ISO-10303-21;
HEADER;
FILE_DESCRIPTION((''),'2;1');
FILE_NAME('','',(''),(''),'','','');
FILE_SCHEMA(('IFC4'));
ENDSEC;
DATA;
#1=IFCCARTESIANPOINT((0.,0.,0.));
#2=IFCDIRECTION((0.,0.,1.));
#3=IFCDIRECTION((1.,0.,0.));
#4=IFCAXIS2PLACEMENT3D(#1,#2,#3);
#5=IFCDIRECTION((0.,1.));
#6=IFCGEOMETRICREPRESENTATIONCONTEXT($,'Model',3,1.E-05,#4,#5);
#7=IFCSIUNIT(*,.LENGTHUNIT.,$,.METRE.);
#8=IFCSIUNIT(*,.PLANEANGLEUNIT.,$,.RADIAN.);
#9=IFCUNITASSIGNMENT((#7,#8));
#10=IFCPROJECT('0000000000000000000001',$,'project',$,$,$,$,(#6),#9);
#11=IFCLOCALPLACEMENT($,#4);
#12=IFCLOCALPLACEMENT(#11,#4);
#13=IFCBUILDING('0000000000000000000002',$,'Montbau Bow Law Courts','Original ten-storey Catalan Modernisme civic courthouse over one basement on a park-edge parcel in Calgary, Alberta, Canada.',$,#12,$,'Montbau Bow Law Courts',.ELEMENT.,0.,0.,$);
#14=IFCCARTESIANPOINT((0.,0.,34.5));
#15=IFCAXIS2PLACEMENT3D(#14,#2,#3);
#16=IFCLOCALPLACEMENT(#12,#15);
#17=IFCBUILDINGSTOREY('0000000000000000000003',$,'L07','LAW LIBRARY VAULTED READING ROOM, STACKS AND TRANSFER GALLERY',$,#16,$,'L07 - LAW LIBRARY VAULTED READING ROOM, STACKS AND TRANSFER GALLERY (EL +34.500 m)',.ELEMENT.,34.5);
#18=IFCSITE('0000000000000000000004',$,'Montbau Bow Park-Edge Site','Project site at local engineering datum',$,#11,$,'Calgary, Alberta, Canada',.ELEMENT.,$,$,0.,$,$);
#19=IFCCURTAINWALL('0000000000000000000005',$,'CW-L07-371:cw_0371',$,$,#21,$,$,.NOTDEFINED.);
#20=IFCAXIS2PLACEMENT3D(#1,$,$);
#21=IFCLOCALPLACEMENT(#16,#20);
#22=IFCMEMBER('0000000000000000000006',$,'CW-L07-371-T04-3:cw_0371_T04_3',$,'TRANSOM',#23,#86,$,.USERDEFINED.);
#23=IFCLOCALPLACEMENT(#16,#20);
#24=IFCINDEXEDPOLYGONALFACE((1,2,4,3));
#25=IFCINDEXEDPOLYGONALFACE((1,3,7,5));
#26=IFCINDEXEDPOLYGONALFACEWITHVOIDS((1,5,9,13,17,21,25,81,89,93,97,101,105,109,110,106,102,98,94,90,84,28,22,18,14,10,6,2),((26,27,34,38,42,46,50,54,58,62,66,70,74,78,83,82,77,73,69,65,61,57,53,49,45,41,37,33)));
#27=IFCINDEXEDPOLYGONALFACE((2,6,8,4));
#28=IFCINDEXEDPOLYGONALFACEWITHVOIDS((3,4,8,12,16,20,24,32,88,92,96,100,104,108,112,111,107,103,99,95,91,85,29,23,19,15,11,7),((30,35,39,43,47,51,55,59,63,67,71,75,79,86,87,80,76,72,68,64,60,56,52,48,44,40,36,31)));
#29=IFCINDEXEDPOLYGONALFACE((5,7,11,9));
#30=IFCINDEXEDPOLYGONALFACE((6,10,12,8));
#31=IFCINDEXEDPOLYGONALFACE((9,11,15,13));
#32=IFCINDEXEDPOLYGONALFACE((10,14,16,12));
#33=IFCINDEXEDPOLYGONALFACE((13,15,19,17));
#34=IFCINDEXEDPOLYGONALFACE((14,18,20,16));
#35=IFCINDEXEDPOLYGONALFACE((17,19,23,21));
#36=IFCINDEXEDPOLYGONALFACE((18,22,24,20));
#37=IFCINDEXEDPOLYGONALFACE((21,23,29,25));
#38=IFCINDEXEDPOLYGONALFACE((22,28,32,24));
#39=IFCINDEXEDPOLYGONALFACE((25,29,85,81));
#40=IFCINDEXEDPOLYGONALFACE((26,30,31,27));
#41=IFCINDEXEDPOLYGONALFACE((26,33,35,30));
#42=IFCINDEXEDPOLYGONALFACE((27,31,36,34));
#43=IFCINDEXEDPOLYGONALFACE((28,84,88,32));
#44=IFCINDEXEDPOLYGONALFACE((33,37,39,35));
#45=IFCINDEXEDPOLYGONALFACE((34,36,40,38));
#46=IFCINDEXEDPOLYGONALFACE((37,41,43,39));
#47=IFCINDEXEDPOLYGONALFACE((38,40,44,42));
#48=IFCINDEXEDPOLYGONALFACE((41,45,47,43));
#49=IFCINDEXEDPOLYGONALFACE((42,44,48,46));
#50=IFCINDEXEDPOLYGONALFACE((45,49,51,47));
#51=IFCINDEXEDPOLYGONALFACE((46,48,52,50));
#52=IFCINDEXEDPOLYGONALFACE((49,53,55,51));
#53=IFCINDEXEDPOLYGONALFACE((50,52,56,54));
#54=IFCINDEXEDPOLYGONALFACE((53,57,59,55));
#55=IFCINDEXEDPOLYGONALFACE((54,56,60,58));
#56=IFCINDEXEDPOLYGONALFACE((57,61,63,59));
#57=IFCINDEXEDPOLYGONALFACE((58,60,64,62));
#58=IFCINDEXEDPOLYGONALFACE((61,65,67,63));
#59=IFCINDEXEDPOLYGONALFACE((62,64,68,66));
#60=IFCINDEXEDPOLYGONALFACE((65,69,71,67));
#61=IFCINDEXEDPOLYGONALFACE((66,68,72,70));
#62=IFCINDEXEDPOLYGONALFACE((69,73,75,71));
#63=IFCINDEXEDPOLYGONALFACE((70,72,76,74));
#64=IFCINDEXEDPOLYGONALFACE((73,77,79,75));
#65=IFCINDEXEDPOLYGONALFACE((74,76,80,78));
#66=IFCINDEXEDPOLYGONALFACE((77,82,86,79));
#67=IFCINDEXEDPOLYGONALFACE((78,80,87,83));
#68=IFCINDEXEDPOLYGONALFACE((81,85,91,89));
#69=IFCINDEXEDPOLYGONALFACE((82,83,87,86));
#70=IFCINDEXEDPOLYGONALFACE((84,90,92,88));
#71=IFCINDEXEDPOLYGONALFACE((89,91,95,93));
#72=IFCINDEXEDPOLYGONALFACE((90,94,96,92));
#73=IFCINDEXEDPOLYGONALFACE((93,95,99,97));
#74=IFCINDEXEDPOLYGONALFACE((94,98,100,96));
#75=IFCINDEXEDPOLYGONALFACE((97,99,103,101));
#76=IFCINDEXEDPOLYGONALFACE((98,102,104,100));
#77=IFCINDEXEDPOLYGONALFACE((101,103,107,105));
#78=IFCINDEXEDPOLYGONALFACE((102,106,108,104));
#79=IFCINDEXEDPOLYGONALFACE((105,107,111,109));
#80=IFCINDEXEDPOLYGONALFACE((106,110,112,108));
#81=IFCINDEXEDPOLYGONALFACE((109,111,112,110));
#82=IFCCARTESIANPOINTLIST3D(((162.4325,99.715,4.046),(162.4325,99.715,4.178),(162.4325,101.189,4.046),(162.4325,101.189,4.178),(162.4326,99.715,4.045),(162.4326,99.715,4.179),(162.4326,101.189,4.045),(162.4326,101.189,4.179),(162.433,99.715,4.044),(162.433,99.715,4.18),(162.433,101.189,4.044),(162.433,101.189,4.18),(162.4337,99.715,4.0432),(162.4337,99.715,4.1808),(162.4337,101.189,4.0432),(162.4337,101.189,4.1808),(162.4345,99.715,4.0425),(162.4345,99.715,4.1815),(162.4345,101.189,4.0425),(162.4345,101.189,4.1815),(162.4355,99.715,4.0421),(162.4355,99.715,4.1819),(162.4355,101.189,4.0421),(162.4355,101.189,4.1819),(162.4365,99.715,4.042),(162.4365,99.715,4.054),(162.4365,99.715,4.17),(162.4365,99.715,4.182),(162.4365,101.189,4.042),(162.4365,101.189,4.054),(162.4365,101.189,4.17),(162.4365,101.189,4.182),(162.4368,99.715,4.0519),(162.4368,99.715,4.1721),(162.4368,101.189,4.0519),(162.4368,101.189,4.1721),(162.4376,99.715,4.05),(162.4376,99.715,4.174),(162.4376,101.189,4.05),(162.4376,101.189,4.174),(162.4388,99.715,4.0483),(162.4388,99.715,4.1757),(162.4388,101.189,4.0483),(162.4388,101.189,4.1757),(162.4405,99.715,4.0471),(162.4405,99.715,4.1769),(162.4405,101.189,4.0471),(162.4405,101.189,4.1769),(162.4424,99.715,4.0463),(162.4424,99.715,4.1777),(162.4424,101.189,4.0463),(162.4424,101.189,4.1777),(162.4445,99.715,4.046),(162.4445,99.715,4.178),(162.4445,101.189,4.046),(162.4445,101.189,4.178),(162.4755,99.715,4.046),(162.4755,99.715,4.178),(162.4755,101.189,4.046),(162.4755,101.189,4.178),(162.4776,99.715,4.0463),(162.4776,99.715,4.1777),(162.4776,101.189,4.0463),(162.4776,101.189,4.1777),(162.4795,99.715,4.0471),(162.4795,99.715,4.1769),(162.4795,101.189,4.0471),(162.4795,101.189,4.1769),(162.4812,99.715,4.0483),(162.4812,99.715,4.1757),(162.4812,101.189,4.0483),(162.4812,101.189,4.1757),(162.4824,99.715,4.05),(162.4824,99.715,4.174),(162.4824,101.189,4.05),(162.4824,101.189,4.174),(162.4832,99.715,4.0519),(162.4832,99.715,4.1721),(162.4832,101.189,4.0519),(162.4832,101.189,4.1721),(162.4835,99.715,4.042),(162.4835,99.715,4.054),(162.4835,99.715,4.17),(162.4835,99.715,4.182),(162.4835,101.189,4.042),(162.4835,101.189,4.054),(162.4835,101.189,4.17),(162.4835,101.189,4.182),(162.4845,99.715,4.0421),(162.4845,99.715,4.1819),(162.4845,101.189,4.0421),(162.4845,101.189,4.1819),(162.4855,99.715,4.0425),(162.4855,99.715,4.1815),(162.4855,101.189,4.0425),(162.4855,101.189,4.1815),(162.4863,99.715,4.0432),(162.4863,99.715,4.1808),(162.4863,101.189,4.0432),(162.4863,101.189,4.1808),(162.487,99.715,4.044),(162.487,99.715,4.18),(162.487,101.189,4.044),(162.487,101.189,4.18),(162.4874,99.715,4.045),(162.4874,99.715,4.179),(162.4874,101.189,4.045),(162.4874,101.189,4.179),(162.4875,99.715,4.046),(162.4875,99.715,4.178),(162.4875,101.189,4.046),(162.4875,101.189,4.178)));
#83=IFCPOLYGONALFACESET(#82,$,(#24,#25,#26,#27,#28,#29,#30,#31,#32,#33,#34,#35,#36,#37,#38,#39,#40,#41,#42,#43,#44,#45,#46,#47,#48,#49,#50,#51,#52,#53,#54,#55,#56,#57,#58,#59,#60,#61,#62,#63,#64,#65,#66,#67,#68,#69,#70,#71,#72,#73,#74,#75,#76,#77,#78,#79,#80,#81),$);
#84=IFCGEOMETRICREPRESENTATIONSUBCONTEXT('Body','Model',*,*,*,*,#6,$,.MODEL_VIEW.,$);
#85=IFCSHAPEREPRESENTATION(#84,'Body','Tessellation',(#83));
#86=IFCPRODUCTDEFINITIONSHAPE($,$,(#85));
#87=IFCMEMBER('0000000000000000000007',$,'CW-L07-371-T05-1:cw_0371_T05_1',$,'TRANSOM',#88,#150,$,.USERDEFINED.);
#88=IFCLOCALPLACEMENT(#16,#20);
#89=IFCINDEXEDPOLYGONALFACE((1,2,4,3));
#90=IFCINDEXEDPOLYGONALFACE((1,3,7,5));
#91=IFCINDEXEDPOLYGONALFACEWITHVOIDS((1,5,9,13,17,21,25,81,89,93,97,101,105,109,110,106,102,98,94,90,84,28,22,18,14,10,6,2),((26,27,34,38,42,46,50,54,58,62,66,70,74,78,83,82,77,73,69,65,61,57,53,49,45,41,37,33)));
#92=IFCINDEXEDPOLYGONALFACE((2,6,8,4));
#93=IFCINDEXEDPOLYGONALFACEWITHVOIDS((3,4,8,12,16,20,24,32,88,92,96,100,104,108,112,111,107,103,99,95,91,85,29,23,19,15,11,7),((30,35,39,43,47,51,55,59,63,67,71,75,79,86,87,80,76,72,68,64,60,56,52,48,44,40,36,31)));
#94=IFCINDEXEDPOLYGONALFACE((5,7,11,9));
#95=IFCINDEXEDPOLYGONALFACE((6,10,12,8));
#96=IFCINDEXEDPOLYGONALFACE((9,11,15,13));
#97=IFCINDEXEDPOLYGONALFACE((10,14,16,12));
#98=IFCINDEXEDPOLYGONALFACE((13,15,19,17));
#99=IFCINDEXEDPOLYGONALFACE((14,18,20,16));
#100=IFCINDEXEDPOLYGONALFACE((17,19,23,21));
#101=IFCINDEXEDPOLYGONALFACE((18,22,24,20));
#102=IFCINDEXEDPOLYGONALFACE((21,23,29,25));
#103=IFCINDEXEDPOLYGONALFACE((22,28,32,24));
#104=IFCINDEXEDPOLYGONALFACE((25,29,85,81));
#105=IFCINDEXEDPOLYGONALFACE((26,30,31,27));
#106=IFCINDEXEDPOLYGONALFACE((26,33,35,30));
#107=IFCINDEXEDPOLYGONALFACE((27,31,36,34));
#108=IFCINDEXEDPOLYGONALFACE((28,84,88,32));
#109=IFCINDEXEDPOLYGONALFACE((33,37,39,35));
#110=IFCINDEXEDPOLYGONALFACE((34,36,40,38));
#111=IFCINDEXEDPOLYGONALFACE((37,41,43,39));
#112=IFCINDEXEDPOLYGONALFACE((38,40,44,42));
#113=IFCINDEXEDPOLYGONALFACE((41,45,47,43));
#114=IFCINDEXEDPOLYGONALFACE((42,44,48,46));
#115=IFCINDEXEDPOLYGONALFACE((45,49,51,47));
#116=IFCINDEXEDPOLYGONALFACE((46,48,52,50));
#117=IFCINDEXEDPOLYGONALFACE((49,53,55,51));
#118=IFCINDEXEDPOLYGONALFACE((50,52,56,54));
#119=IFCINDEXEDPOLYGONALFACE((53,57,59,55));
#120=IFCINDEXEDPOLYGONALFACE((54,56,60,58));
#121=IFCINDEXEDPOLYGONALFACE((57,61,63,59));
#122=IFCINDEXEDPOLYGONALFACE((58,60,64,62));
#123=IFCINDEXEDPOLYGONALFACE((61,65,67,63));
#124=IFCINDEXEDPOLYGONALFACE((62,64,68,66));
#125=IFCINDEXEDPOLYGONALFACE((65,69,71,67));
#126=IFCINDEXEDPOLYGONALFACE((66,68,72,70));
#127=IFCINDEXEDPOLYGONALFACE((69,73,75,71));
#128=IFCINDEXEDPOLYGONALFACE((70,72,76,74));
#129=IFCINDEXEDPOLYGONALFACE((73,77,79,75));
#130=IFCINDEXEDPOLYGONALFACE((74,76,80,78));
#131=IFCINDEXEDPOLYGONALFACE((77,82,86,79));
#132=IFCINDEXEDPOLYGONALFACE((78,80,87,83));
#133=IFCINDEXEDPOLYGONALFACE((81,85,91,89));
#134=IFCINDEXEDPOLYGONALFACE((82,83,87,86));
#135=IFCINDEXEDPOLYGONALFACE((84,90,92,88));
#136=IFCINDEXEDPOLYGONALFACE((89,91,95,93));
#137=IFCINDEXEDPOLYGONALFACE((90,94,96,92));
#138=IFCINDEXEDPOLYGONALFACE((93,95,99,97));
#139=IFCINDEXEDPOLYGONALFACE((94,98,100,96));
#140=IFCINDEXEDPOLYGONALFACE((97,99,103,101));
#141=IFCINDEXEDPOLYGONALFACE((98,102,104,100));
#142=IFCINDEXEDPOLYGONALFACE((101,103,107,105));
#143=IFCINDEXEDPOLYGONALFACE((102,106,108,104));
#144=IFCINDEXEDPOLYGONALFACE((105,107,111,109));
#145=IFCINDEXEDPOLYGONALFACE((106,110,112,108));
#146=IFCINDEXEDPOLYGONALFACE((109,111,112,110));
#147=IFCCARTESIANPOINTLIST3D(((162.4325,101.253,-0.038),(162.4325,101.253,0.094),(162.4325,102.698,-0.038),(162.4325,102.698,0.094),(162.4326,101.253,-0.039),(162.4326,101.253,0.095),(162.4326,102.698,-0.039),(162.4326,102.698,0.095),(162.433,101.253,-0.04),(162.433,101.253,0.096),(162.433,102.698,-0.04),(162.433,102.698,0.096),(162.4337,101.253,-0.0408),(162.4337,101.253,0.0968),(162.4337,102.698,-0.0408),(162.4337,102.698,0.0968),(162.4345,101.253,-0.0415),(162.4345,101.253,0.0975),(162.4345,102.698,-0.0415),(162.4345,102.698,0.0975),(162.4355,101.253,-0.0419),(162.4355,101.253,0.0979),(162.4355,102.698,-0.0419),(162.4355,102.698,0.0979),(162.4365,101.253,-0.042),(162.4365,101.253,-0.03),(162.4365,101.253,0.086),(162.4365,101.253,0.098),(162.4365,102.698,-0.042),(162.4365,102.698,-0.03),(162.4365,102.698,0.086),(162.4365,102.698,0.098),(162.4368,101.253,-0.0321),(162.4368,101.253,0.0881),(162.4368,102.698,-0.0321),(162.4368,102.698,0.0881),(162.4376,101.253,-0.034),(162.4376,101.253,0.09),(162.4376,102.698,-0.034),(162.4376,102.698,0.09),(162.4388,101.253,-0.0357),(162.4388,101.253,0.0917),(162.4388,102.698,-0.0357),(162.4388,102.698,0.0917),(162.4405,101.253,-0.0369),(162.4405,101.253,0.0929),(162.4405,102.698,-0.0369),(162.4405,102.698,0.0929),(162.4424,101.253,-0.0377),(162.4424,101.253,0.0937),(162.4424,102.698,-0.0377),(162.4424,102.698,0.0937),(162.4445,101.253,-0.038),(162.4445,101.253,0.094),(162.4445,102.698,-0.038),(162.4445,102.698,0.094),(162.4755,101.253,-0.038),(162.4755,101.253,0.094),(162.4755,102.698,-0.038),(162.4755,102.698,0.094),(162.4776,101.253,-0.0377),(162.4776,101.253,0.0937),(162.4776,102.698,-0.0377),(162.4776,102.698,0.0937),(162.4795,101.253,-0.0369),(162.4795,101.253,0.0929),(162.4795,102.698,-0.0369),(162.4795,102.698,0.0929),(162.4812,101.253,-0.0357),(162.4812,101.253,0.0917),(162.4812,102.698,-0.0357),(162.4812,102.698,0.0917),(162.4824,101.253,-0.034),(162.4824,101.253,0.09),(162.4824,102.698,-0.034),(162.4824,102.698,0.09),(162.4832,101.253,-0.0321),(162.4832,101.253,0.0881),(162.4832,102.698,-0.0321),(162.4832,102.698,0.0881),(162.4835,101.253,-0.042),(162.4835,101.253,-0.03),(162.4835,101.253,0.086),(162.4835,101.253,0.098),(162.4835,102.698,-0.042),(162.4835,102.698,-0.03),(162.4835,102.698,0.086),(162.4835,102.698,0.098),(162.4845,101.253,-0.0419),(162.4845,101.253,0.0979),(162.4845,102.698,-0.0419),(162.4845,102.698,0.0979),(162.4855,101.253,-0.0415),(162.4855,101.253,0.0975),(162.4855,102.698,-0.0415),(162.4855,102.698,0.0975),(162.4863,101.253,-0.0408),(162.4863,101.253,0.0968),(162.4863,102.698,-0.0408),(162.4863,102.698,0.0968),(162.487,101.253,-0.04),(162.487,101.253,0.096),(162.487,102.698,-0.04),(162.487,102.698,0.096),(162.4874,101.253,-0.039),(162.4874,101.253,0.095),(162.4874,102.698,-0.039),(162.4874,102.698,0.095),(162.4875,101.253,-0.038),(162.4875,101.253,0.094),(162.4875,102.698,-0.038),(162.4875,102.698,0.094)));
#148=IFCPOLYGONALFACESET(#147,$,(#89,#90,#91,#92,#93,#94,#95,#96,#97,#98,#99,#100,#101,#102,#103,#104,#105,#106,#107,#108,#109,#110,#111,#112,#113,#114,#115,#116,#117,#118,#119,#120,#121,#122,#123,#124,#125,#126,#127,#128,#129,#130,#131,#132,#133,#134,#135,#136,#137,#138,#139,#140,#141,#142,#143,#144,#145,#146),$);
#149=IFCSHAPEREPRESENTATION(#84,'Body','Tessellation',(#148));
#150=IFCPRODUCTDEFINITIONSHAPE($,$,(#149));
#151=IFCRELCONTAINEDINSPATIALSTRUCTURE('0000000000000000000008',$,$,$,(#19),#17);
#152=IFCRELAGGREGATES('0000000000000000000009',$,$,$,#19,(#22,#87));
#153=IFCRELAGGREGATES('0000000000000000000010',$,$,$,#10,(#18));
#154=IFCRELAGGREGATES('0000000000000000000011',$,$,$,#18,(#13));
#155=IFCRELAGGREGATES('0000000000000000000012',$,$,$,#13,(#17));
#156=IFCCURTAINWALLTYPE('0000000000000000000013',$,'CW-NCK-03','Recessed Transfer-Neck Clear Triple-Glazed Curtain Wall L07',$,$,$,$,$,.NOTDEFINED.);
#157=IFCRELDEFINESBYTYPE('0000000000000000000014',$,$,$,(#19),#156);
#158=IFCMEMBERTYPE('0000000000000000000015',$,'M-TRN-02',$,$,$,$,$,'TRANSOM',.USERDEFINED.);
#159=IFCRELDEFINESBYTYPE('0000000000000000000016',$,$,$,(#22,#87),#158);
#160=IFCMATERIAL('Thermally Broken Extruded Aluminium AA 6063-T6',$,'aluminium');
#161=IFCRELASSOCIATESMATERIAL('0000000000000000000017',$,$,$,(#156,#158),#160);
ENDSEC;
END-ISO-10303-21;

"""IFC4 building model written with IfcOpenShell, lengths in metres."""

from ifc_helpers import new_model, si_unit, direction, frame, origin_with_axes, origin_2d_with_axis, place, context, subcontext, project, spatial, hollow_rectangle, extrude, material, material_profile, profile_set, type_object, element, aggregate, save


model = new_model("IFC4")

# Units and contexts
model_context = context("Model", 3, precision=1e-05, world=origin_with_axes(), true_north=direction((0.0, 1.0)))
body_context = subcontext(model_context, "Body", "Model", "MODEL_VIEW")
ifc_project = project(units=[si_unit("LENGTHUNIT", "METRE"), si_unit("PLANEANGLEUNIT", "RADIAN")], contexts=[model_context])

# Site, building, storey
site_placement = place(None, origin_with_axes())
site = spatial("IfcSite", under=ifc_project, at=site_placement, Name="Montbau Bow Park-Edge Site", Description="Project site at local engineering datum", LongName="Calgary, Alberta, Canada", CompositionType="ELEMENT", RefElevation=0.0)
building_placement = place(site_placement, origin_with_axes())
building = spatial("IfcBuilding", under=site, at=building_placement, Name="Montbau Bow Law Courts", Description="Original ten-storey Catalan Modernisme civic courthouse over one basement on a park-edge parcel in Calgary, Alberta, Canada.", LongName="Montbau Bow Law Courts", CompositionType="ELEMENT", ElevationOfRefHeight=0.0, ElevationOfTerrain=0.0)
storey_placement = place(building_placement, frame((0.0, 0.0, 34.5), z_axis=(0.0, 0.0, 1.0), x_axis=(1.0, 0.0, 0.0)))
storey = spatial("IfcBuildingStorey", under=building, at=storey_placement, Name="L07", Description="LAW LIBRARY VAULTED READING ROOM, STACKS AND TRANSFER GALLERY", LongName="L07 - LAW LIBRARY VAULTED READING ROOM, STACKS AND TRANSFER GALLERY (EL +34.500 m)", CompositionType="ELEMENT", Elevation=34.5)

# Curtain wall, members
ifc_material_1 = material(Name="Thermally Broken Extruded Aluminium AA 6063-T6", Category="aluminium")
curtain_wall_type = type_object("IfcCurtainWallType", Name="CW-NCK-03", Description="Recessed Transfer-Neck Clear Triple-Glazed Curtain Wall L07", PredefinedType="NOTDEFINED", material=ifc_material_1)
curtain_wall_placement = place(None, frame((162.46, 95.067, 34.5), z_axis=(0.0, 0.0, 1.0), x_axis=(1.0, 0.0, 0.0)))
curtain_wall = element("IfcCurtainWall", 1, at=curtain_wall_placement, inside=storey, type_object=curtain_wall_type, Name="CW-L07-371:cw_0371", PredefinedType="NOTDEFINED")
ifc_material_profile_1 = material_profile(ifc_material_1, hollow_rectangle(XDim=0.055, YDim=0.14, WallThickness=0.004, InnerFilletRadius=0.008, OuterFilletRadius=0.004, at=origin_2d_with_axis()), Name="CWT-140X55", Category="Main", Priority=0)
ifc_profile_set_1 = profile_set([ifc_material_profile_1], Name="Thermally Broken Extruded Aluminium AA 6063-T6")
member_type_1 = type_object("IfcMemberType", Name="M-TRN-02", ElementType="TRANSOM", PredefinedType="USERDEFINED", material=ifc_profile_set_1)
member_1_placement = place(None, frame((162.46, 99.715, 38.612), z_axis=(0.0, 1.0, 0.0), x_axis=(-1.0, 0.0, 0.0)))
member_1 = element("IfcMember", 2, at=member_1_placement, type_object=member_type_1, Name="CW-L07-371-T04-3:cw_0371_T04_3", ObjectType="TRANSOM", PredefinedType="USERDEFINED", context=body_context, shape_type="SweptSolid", body=[
    extrude(hollow_rectangle(XDim=0.055, YDim=0.14, WallThickness=0.004, InnerFilletRadius=0.008, OuterFilletRadius=0.004, at=origin_2d_with_axis()), origin_with_axes(), (0.0, 0.0, 1.0), 1.474),
])
member_2_placement = place(None, frame((162.46, 101.253, 34.528), z_axis=(0.0, 1.0, 0.0), x_axis=(-1.0, 0.0, 0.0)))
member_2 = element("IfcMember", 3, at=member_2_placement, type_object=member_type_1, Name="CW-L07-371-T05-1:cw_0371_T05_1", ObjectType="TRANSOM", PredefinedType="USERDEFINED", context=body_context, shape_type="SweptSolid", body=[
    extrude(hollow_rectangle(XDim=0.055, YDim=0.14, WallThickness=0.004, InnerFilletRadius=0.008, OuterFilletRadius=0.004, at=origin_2d_with_axis()), origin_with_axes(), (0.0, 0.0, 1.0), 1.445),
])
aggregate(curtain_wall, [member_1, member_2])

save(model, "model.ifc")
